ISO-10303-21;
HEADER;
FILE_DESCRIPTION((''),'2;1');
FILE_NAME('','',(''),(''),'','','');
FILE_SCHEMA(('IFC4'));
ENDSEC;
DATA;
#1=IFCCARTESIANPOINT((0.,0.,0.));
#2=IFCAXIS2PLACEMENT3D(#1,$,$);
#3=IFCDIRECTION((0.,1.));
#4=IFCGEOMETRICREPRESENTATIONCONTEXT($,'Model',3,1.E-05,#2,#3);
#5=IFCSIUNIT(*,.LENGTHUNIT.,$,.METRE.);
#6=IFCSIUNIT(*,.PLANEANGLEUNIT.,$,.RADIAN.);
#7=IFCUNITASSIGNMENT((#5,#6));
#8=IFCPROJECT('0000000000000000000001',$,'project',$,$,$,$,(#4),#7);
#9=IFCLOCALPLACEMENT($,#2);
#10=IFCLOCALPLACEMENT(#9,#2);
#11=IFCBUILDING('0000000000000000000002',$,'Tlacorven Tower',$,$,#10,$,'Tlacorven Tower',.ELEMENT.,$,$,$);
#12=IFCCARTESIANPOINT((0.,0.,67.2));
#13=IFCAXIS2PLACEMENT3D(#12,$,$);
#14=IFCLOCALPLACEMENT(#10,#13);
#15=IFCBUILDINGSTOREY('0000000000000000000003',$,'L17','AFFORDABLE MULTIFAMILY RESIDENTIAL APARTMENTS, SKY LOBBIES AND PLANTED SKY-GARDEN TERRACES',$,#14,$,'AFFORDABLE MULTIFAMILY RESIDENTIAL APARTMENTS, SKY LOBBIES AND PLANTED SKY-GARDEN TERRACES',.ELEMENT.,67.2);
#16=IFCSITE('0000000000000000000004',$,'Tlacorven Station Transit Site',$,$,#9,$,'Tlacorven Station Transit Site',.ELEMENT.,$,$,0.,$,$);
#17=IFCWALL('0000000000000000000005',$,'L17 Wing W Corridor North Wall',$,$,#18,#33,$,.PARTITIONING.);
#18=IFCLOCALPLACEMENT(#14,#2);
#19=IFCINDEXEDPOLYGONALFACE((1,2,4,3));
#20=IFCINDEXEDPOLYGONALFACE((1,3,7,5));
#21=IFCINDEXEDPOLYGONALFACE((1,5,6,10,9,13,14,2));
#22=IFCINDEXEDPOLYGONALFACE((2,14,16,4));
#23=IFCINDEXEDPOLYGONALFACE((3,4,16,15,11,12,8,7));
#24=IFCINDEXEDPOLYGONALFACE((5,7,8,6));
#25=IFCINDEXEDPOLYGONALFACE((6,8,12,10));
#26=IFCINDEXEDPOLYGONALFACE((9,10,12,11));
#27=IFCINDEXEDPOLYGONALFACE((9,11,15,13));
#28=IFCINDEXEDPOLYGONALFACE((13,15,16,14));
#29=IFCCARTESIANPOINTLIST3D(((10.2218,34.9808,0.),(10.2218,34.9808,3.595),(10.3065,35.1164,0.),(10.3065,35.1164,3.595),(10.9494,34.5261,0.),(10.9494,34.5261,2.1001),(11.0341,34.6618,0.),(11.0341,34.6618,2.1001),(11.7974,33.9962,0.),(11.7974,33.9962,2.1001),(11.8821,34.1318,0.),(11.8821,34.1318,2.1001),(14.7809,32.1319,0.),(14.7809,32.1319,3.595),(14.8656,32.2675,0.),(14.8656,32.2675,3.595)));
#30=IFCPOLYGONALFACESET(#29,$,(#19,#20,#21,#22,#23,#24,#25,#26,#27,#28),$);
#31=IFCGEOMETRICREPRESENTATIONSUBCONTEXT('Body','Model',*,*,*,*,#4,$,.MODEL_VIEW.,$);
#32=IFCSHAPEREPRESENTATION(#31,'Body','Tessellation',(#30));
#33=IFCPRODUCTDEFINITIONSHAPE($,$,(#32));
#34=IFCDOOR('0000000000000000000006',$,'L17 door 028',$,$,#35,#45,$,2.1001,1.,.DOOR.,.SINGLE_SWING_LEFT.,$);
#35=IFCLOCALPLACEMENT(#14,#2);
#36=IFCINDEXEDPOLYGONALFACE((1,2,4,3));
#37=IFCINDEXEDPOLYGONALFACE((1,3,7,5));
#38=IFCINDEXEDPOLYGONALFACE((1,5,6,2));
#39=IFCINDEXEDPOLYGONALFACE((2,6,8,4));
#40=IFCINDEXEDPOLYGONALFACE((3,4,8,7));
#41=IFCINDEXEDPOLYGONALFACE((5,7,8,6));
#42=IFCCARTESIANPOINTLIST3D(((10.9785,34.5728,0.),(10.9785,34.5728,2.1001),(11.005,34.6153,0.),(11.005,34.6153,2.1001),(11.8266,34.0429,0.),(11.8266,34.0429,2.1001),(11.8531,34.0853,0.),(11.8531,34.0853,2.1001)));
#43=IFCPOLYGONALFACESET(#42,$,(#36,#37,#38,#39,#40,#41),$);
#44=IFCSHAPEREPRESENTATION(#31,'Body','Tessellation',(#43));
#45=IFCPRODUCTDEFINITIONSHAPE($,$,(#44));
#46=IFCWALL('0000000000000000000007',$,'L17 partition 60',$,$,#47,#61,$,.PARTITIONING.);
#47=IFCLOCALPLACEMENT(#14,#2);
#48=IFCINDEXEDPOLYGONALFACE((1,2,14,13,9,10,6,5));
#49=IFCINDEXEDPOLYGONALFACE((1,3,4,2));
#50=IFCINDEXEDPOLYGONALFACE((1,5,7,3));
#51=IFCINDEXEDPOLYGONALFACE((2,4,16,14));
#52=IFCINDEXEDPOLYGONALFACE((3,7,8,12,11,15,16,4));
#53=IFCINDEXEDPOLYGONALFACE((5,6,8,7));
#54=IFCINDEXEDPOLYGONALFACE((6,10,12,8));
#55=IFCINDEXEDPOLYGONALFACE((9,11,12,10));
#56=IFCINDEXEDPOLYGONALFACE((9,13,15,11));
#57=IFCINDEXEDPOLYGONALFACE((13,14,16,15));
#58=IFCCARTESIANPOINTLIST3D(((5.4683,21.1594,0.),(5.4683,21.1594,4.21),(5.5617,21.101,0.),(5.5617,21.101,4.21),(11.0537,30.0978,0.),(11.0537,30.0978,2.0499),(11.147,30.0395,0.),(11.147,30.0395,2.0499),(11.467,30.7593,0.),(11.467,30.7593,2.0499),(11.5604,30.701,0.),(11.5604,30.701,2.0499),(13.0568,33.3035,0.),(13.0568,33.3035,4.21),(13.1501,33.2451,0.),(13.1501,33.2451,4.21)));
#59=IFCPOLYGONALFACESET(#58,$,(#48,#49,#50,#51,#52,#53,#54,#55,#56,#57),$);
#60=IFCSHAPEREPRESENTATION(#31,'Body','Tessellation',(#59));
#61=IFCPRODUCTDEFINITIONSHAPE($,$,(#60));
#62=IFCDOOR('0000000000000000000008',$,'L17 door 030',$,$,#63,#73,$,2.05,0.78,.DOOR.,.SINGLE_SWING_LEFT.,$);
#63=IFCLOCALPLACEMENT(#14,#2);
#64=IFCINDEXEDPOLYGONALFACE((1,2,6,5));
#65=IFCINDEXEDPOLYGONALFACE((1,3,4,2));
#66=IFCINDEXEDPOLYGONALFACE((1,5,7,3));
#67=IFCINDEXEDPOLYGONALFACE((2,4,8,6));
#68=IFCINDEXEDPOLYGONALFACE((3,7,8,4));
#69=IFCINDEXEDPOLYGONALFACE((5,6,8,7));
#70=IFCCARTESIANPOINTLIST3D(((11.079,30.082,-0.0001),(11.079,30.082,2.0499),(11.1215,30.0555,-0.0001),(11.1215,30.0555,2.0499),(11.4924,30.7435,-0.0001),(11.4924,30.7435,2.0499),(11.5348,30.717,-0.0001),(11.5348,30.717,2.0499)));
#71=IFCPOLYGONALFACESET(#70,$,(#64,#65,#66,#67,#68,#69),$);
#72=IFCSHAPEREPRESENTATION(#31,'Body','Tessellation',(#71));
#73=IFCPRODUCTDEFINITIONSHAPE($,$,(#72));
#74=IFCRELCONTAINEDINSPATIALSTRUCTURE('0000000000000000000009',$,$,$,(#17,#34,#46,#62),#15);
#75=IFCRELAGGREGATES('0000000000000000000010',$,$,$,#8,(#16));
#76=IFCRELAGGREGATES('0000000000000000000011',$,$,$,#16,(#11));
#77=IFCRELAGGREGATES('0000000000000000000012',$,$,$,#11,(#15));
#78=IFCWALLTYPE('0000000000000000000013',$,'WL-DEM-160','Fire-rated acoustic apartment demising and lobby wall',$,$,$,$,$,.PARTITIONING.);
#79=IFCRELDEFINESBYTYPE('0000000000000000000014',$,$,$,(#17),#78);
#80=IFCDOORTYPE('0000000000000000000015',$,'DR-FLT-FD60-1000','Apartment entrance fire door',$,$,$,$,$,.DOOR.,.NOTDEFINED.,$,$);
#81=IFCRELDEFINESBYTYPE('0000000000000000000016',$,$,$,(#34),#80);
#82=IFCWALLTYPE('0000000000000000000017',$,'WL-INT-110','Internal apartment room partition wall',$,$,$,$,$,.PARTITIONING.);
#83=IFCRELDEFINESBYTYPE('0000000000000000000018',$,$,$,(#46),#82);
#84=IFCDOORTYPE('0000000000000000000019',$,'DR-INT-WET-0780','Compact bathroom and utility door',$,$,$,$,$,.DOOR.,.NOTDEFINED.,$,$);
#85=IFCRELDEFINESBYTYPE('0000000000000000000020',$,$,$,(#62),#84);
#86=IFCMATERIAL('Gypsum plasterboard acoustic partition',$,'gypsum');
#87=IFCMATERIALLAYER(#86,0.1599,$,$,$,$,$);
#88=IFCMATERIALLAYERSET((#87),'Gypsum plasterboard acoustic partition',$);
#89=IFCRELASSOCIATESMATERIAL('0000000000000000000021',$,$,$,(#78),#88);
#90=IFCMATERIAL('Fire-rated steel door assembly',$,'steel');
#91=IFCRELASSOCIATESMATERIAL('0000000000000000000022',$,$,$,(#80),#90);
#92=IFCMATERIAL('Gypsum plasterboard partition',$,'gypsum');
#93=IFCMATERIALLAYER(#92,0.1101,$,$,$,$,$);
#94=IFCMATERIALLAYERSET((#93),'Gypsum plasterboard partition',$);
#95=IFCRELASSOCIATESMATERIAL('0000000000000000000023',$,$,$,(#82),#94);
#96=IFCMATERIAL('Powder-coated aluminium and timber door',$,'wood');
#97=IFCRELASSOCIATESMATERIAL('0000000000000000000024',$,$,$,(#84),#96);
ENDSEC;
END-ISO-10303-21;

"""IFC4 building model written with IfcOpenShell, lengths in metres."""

from ifc_helpers import new_model, si_unit, direction, frame, frame_2d, origin, place, context, subcontext, project, spatial, rectangle, extrude, source, transform, mapped, material, layer, layer_set, type_object, element, fill, save


model = new_model("IFC4")

# Units and contexts
model_context = context("Model", 3, precision=1e-05, world=origin(), true_north=direction((0.0, 1.0)))
body_context = subcontext(model_context, "Body", "Model", "MODEL_VIEW")
ifc_project = project(units=[si_unit("LENGTHUNIT", "METRE"), si_unit("PLANEANGLEUNIT", "RADIAN")], contexts=[model_context])

# Site, building, storey
site_placement = place(None, origin())
site = spatial("IfcSite", under=ifc_project, at=site_placement, Name="Tlacorven Station Transit Site", LongName="Tlacorven Station Transit Site", CompositionType="ELEMENT", RefElevation=0.0)
building_placement = place(site_placement, origin())
building = spatial("IfcBuilding", under=site, at=building_placement, Name="Tlacorven Tower", LongName="Tlacorven Tower", CompositionType="ELEMENT")
storey_placement = place(building_placement, frame((0.0, 0.0, 67.2)))
storey = spatial("IfcBuildingStorey", under=building, at=storey_placement, Name="L17", Description="AFFORDABLE MULTIFAMILY RESIDENTIAL APARTMENTS, SKY LOBBIES AND PLANTED SKY-GARDEN TERRACES", LongName="AFFORDABLE MULTIFAMILY RESIDENTIAL APARTMENTS, SKY LOBBIES AND PLANTED SKY-GARDEN TERRACES", CompositionType="ELEMENT", Elevation=67.2)

# Walls, openings, doors
ifc_material_1 = material(Name="Gypsum plasterboard acoustic partition", Category="gypsum")
ifc_layer_1 = layer(ifc_material_1, 0.1599)
ifc_layer_set_1 = layer_set([ifc_layer_1], Name="Gypsum plasterboard acoustic partition")
wall_type_1 = type_object("IfcWallType", Name="WL-DEM-160", Description="Fire-rated acoustic apartment demising and lobby wall", PredefinedType="PARTITIONING", material=ifc_layer_set_1)
wall_1_placement = place(storey_placement, frame((14.8232, 32.1997, 0.0), z_axis=(0.0, 0.0, 1.0), x_axis=(-0.848044, 0.529925, 0.0)))
wall_1 = element("IfcWall", 1, at=wall_1_placement, inside=storey, type_object=wall_type_1, Name="L17 Wing W Corridor North Wall", PredefinedType="PARTITIONING", context=body_context, shape_type="SweptSolid", body=[
    extrude(rectangle(XDim=5.376, YDim=0.1599, at=frame_2d((2.688, 0.0))), origin(), (0.0, 0.0, 1.0), 3.595),
])
opening_1_placement = place(wall_1_placement, frame((3.5181, 0.0, 0.0)))
opening_1 = element("IfcOpeningElement", 2, at=opening_1_placement, cuts=wall_1, PredefinedType="OPENING", context=body_context, shape_type="SweptSolid", body=[
    extrude(rectangle(XDim=1.0, YDim=2.1001, at=frame_2d((0.5, 1.05))), frame((0.0, 0.0898, 0.0), z_axis=(0.0, -1.0, 0.0), x_axis=(1.0, 0.0, 0.0)), (0.0, 0.0, 1.0), 0.1799),
])
ifc_material_2 = material(Name="Fire-rated steel door assembly", Category="steel")
door_type_1 = type_object("IfcDoorType", Name="DR-FLT-FD60-1000", Description="Apartment entrance fire door", OperationType="NOTDEFINED", PredefinedType="DOOR", material=ifc_material_2)
shared_shape_1 = source(origin(), body_context, "Body", "SweptSolid", [
    extrude(rectangle(XDim=1.0, YDim=2.1001, at=frame_2d((0.5, 1.05))), frame((0.0, 0.0249, 0.0), z_axis=(0.0, -1.0, 0.0), x_axis=(1.0, 0.0, 0.0)), (0.0, 0.0, 1.0), 0.05),
])
door_1_placement = place(opening_1_placement, origin())
door_1 = element("IfcDoor", 3, at=door_1_placement, inside=storey, type_object=door_type_1, Name="L17 door 028", OperationType="SINGLE_SWING_LEFT", OverallHeight=2.1001, OverallWidth=1.0, PredefinedType="DOOR", context=body_context, shape_type="MappedRepresentation", body=[
    mapped(shared_shape_1, transform((0.0, 0.0, 0.0), scale=1.0)),
])
fill(opening_1, door_1)
ifc_material_3 = material(Name="Gypsum plasterboard partition", Category="gypsum")
ifc_layer_2 = layer(ifc_material_3, 0.1101)
ifc_layer_set_2 = layer_set([ifc_layer_2], Name="Gypsum plasterboard partition")
wall_type_2 = type_object("IfcWallType", Name="WL-INT-110", Description="Internal apartment room partition wall", PredefinedType="PARTITIONING", material=ifc_layer_set_2)
wall_2_placement = place(storey_placement, frame((13.1035, 33.2744, 0.0), z_axis=(0.0, 0.0, 1.0), x_axis=(-0.529916, -0.84805, 0.0)))
wall_2 = element("IfcWall", 4, at=wall_2_placement, inside=storey, type_object=wall_type_2, Name="L17 partition 60", PredefinedType="PARTITIONING", context=body_context, shape_type="SweptSolid", body=[
    extrude(rectangle(XDim=14.3201, YDim=0.1101, at=frame_2d((7.1602, 0.0))), origin(), (0.0, 0.0, 1.0), 4.21),
])
opening_2_placement = place(wall_2_placement, frame((3.0, 0.0, 0.0)))
opening_2 = element("IfcOpeningElement", 5, at=opening_2_placement, cuts=wall_2, PredefinedType="OPENING", context=body_context, shape_type="SweptSolid", body=[
    extrude(rectangle(XDim=0.78, YDim=2.05, at=frame_2d((0.3901, 1.0249))), frame((0.0, 0.0649, 0.0), z_axis=(0.0, -1.0, 0.0), x_axis=(1.0, 0.0, 0.0)), (0.0, 0.0, 1.0), 0.1301),
])
ifc_material_4 = material(Name="Powder-coated aluminium and timber door", Category="wood")
door_type_2 = type_object("IfcDoorType", Name="DR-INT-WET-0780", Description="Compact bathroom and utility door", OperationType="NOTDEFINED", PredefinedType="DOOR", material=ifc_material_4)
shared_shape_2 = source(origin(), body_context, "Body", "SweptSolid", [
    extrude(rectangle(XDim=0.78, YDim=2.05, at=frame_2d((0.3901, 1.0249))), frame((0.0, 0.0249, 0.0), z_axis=(0.0, -1.0, 0.0), x_axis=(1.0, 0.0, 0.0)), (0.0, 0.0, 1.0), 0.05),
])
door_2_placement = place(opening_2_placement, origin())
door_2 = element("IfcDoor", 6, at=door_2_placement, inside=storey, type_object=door_type_2, Name="L17 door 030", OperationType="SINGLE_SWING_LEFT", OverallHeight=2.05, OverallWidth=0.78, PredefinedType="DOOR", context=body_context, shape_type="MappedRepresentation", body=[
    mapped(shared_shape_2, transform((0.0, 0.0, 0.0), scale=1.0)),
])
fill(opening_2, door_2)

save(model, "model.ifc")
